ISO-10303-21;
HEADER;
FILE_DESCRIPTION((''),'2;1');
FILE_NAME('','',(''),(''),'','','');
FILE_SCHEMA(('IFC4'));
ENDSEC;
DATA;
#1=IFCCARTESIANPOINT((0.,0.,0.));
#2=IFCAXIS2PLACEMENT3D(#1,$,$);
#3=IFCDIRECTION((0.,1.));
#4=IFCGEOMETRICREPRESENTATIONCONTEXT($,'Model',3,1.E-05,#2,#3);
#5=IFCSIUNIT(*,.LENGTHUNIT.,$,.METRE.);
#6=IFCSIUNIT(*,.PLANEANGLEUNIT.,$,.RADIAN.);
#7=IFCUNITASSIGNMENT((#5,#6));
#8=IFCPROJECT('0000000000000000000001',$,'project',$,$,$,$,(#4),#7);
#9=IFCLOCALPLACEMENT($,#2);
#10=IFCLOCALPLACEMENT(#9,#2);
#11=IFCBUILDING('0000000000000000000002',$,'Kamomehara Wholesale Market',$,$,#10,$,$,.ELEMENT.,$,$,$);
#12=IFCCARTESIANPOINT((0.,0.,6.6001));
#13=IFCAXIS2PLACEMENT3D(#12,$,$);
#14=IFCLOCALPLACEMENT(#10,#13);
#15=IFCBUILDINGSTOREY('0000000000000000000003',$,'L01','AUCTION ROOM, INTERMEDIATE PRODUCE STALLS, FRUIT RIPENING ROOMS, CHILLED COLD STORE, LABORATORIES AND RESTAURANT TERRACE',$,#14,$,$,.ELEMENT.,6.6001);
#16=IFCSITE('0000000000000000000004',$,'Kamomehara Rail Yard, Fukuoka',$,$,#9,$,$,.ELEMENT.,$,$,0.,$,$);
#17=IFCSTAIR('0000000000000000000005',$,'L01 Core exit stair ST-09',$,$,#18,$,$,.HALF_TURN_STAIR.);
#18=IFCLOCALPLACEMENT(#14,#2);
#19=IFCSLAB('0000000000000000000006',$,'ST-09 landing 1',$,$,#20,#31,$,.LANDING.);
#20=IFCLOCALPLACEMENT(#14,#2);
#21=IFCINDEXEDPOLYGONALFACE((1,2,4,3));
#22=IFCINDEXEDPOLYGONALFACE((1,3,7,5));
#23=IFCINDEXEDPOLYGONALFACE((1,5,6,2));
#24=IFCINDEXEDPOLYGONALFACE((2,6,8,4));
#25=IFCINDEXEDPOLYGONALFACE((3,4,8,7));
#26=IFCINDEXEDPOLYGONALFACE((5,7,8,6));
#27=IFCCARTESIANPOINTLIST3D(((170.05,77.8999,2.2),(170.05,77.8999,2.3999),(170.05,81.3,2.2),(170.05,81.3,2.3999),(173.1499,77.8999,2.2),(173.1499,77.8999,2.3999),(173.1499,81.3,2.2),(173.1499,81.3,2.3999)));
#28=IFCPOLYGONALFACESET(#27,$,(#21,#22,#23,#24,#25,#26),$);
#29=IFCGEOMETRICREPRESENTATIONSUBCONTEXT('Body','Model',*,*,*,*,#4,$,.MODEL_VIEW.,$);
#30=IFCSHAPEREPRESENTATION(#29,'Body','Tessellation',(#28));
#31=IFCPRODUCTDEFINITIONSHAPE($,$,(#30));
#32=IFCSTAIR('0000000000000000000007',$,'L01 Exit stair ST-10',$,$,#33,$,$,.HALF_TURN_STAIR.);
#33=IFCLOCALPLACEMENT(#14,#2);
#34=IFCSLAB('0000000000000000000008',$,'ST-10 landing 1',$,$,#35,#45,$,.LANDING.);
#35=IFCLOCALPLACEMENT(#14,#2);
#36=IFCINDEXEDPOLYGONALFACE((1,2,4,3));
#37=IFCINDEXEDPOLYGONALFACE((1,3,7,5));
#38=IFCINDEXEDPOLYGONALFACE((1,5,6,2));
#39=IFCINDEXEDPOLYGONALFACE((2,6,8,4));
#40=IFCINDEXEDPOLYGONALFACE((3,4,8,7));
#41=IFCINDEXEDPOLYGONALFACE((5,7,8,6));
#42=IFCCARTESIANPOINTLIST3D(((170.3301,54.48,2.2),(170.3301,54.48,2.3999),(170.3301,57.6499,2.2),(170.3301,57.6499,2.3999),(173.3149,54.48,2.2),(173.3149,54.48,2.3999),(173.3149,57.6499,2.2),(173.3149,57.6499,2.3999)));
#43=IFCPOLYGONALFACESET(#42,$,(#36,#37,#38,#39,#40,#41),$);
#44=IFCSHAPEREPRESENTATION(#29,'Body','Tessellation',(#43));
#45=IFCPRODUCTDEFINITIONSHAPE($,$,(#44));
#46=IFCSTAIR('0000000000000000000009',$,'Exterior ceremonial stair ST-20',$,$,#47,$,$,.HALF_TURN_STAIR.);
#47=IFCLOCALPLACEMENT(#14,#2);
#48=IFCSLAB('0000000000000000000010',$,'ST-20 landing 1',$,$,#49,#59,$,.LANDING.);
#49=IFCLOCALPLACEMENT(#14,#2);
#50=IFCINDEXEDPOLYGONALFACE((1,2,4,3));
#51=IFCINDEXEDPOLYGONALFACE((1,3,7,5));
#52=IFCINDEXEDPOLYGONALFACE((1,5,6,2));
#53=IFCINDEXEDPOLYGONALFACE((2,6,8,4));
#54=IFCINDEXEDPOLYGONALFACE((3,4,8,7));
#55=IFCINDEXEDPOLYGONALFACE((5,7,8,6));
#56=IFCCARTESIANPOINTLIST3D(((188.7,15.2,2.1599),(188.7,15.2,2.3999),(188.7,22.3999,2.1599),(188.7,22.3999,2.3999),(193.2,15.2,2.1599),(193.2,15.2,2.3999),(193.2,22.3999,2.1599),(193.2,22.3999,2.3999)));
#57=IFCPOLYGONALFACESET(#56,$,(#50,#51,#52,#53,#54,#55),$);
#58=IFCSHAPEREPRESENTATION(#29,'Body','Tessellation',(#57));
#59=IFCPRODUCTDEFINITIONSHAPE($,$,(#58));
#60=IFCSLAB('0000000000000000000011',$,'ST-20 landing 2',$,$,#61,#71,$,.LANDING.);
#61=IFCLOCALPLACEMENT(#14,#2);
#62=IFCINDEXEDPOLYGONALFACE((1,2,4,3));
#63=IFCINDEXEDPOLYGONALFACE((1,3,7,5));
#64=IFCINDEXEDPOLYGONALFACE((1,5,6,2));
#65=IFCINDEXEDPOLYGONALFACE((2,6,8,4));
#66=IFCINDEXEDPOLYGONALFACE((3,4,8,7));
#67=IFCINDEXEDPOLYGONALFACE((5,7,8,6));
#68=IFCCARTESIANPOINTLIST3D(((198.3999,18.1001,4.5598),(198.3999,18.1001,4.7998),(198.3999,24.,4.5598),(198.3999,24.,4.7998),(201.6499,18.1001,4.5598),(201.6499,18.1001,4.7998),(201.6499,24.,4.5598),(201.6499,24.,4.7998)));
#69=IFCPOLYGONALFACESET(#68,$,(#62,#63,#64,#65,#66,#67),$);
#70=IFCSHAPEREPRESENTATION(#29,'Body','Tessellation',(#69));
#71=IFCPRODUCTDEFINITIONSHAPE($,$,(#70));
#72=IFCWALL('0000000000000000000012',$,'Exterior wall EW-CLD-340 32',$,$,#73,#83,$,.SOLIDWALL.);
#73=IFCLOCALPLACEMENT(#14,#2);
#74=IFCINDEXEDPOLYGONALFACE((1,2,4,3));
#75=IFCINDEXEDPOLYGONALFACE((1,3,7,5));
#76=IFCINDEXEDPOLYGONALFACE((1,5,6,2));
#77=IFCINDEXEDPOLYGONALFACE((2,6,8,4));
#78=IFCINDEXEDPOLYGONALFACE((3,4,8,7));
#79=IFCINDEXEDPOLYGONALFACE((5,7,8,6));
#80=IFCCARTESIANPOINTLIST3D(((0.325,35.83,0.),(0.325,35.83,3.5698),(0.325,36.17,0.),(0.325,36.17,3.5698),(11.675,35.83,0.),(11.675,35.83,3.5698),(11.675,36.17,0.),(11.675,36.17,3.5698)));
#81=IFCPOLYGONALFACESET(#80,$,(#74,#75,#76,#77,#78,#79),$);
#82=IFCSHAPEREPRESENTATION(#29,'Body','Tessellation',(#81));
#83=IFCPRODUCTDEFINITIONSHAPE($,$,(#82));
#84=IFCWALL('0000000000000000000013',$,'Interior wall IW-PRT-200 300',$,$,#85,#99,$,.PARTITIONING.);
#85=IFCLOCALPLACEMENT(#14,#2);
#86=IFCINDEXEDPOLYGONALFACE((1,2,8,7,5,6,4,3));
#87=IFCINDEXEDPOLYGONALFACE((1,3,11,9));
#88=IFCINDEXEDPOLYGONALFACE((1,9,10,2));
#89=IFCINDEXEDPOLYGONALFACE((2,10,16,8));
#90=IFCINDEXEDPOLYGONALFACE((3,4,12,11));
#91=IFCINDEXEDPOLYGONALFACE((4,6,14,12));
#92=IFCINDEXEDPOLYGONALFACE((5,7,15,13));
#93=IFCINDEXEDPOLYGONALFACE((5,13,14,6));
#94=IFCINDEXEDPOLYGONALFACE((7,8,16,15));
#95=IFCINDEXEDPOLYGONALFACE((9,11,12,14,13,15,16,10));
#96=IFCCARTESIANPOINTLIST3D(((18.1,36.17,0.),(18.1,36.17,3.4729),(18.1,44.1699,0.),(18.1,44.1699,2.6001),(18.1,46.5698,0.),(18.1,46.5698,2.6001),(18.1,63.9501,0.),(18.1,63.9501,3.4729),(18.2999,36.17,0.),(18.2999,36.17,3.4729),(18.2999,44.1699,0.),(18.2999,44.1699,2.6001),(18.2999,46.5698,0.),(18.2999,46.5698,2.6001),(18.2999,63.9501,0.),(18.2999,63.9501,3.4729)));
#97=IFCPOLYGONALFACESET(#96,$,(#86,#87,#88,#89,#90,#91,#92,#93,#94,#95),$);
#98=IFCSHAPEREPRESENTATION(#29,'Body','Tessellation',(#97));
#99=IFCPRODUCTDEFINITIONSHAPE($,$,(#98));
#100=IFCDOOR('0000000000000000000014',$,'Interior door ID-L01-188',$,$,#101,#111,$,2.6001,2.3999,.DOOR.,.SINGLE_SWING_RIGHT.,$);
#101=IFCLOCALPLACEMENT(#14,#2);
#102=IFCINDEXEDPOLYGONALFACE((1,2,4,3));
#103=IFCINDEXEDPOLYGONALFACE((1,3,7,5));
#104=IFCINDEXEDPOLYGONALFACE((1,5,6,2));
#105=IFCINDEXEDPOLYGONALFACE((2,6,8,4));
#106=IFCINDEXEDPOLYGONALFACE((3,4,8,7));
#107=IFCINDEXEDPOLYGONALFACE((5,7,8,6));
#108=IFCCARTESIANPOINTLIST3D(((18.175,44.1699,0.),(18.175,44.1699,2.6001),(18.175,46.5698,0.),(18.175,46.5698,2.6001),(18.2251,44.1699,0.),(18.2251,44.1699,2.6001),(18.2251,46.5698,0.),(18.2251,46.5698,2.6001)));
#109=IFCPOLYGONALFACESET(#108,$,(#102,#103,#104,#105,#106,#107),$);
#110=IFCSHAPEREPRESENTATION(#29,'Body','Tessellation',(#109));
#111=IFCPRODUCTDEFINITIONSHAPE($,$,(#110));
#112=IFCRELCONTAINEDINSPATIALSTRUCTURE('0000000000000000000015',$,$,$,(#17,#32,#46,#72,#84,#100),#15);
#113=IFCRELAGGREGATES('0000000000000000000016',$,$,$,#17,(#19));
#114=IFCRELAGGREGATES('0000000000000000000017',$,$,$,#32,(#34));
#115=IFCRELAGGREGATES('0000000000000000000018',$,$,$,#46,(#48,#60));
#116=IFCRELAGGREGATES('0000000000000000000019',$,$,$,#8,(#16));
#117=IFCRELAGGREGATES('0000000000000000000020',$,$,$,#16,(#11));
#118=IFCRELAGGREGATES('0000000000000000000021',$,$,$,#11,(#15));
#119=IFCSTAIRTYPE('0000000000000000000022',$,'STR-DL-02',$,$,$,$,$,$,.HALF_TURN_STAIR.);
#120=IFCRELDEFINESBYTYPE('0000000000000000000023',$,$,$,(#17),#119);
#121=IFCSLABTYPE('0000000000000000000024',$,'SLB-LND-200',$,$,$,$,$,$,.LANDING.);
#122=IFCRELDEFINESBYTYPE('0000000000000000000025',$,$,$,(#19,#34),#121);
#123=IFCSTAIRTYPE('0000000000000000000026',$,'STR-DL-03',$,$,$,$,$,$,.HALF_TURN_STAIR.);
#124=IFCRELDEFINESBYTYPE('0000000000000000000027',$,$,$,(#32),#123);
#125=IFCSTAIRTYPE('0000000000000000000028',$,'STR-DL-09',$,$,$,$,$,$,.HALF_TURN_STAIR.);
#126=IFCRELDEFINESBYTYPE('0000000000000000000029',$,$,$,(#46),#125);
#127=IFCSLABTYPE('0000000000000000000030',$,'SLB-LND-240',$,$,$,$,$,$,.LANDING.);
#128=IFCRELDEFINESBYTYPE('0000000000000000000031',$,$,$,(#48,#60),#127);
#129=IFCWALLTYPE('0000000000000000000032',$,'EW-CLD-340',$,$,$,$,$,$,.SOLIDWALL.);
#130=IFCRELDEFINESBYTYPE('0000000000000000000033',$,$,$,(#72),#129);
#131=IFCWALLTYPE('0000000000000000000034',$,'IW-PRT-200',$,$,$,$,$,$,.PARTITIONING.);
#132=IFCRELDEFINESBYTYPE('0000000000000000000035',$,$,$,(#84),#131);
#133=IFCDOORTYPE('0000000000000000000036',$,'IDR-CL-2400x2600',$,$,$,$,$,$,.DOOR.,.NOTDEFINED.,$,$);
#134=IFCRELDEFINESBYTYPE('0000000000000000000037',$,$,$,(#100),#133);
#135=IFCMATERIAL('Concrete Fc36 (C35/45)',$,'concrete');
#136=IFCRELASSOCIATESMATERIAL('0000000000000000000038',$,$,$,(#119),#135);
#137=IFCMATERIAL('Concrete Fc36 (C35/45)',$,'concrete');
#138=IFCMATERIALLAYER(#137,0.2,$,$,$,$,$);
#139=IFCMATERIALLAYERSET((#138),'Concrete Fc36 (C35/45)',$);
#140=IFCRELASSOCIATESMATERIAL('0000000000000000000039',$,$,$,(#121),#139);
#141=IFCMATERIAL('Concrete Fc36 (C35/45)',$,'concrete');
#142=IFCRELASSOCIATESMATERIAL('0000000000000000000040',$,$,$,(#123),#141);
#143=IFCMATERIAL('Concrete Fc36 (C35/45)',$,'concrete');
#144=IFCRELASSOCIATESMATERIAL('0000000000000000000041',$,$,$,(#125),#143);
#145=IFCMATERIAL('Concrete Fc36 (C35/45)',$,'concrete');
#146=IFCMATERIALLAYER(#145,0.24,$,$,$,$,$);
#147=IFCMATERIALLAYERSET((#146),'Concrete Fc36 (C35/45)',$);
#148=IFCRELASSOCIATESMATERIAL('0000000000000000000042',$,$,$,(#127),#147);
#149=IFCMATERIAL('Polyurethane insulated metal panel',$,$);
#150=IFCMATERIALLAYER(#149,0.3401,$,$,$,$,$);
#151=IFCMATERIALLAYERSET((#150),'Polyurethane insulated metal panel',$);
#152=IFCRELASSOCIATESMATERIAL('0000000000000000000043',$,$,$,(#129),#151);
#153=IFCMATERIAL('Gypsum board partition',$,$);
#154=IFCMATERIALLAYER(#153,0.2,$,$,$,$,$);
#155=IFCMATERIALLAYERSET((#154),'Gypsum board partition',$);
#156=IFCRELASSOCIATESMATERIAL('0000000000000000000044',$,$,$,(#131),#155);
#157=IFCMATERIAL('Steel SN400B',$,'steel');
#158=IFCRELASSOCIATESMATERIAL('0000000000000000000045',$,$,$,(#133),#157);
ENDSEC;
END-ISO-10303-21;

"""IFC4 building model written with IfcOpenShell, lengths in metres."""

from ifc_helpers import new_model, si_unit, direction, frame, frame_2d, origin, place, context, subcontext, project, spatial, polyline, rectangle, outline, extrude, material, layer, layer_set, type_object, element, fill, aggregate, save


model = new_model("IFC4")

# Units and contexts
model_context = context("Model", 3, precision=1e-05, world=origin(), true_north=direction((0.0, 1.0)))
body_context = subcontext(model_context, "Body", "Model", "MODEL_VIEW")
ifc_project = project(units=[si_unit("LENGTHUNIT", "METRE"), si_unit("PLANEANGLEUNIT", "RADIAN")], contexts=[model_context])

# Site, building, storey
site_placement = place(None, origin())
site = spatial("IfcSite", under=ifc_project, at=site_placement, Name="Kamomehara Rail Yard, Fukuoka", CompositionType="ELEMENT", RefElevation=0.0)
building_placement = place(site_placement, origin())
building = spatial("IfcBuilding", under=site, at=building_placement, Name="Kamomehara Wholesale Market", CompositionType="ELEMENT")
storey_placement = place(building_placement, frame((0.0, 0.0, 6.6001)))
storey = spatial("IfcBuildingStorey", under=building, at=storey_placement, Name="L01", Description="AUCTION ROOM, INTERMEDIATE PRODUCE STALLS, FRUIT RIPENING ROOMS, CHILLED COLD STORE, LABORATORIES AND RESTAURANT TERRACE", CompositionType="ELEMENT", Elevation=6.6001)

# Stairs, slabs
ifc_material_1 = material(Name="Concrete Fc36 (C35/45)", Category="concrete")
stair_type_1 = type_object("IfcStairType", Name="STR-DL-02", PredefinedType="HALF_TURN_STAIR", material=ifc_material_1)
ifc_material_2 = material(Name="Concrete Fc36 (C35/45)", Category="concrete")
ifc_layer_1 = layer(ifc_material_2, 0.2)
ifc_layer_set_1 = layer_set([ifc_layer_1], Name="Concrete Fc36 (C35/45)")
slab_type_1 = type_object("IfcSlabType", Name="SLB-LND-200", PredefinedType="LANDING", material=ifc_layer_set_1)
stair_1_placement = place(storey_placement, origin())
stair_1 = element("IfcStair", 1, at=stair_1_placement, inside=storey, type_object=stair_type_1, Name="L01 Core exit stair ST-09", PredefinedType="HALF_TURN_STAIR")
slab_1_placement = place(storey_placement, frame((0.0, 0.0, 2.2)))
slab_1 = element("IfcSlab", 2, at=slab_1_placement, type_object=slab_type_1, Name="ST-09 landing 1", PredefinedType="LANDING", context=body_context, shape_type="SweptSolid", body=[
    extrude(outline(polyline([(173.1499, 81.3), (170.05, 81.3), (170.05, 77.8999), (173.1499, 77.8999), (173.1499, 81.3)])), origin(), (0.0, 0.0, 1.0), 0.2),
])
aggregate(stair_1, [slab_1])
ifc_material_3 = material(Name="Concrete Fc36 (C35/45)", Category="concrete")
stair_type_2 = type_object("IfcStairType", Name="STR-DL-03", PredefinedType="HALF_TURN_STAIR", material=ifc_material_3)
stair_2_placement = place(storey_placement, origin())
stair_2 = element("IfcStair", 3, at=stair_2_placement, inside=storey, type_object=stair_type_2, Name="L01 Exit stair ST-10", PredefinedType="HALF_TURN_STAIR")
slab_2_placement = place(storey_placement, frame((0.0, 0.0, 2.2)))
slab_2 = element("IfcSlab", 4, at=slab_2_placement, type_object=slab_type_1, Name="ST-10 landing 1", PredefinedType="LANDING", context=body_context, shape_type="SweptSolid", body=[
    extrude(outline(polyline([(173.3149, 57.6499), (170.3301, 57.6499), (170.3301, 54.48), (173.3149, 54.48), (173.3149, 57.6499)])), origin(), (0.0, 0.0, 1.0), 0.2),
])
aggregate(stair_2, [slab_2])

# Stair, slabs
ifc_material_4 = material(Name="Concrete Fc36 (C35/45)", Category="concrete")
stair_type_3 = type_object("IfcStairType", Name="STR-DL-09", PredefinedType="HALF_TURN_STAIR", material=ifc_material_4)
stair_3_placement = place(storey_placement, origin())
stair_3 = element("IfcStair", 5, at=stair_3_placement, inside=storey, type_object=stair_type_3, Name="Exterior ceremonial stair ST-20", PredefinedType="HALF_TURN_STAIR")
ifc_material_5 = material(Name="Concrete Fc36 (C35/45)", Category="concrete")
ifc_layer_2 = layer(ifc_material_5, 0.24)
ifc_layer_set_2 = layer_set([ifc_layer_2], Name="Concrete Fc36 (C35/45)")
slab_type_2 = type_object("IfcSlabType", Name="SLB-LND-240", PredefinedType="LANDING", material=ifc_layer_set_2)
slab_3_placement = place(storey_placement, frame((0.0, 0.0, 2.1599)))
slab_3 = element("IfcSlab", 6, at=slab_3_placement, type_object=slab_type_2, Name="ST-20 landing 1", PredefinedType="LANDING", context=body_context, shape_type="SweptSolid", body=[
    extrude(outline(polyline([(188.7, 15.2), (193.2, 15.2), (193.2, 22.3999), (188.7, 22.3999), (188.7, 15.2)])), origin(), (0.0, 0.0, 1.0), 0.24),
])
slab_4_placement = place(storey_placement, frame((0.0, 0.0, 4.5598)))
slab_4 = element("IfcSlab", 7, at=slab_4_placement, type_object=slab_type_2, Name="ST-20 landing 2", PredefinedType="LANDING", context=body_context, shape_type="SweptSolid", body=[
    extrude(outline(polyline([(198.3999, 18.1001), (201.6499, 18.1001), (201.6499, 24.0), (198.3999, 24.0), (198.3999, 18.1001)])), origin(), (0.0, 0.0, 1.0), 0.24),
])
aggregate(stair_3, [slab_3, slab_4])

# Wall
ifc_material_6 = material(Name="Polyurethane insulated metal panel")
ifc_layer_3 = layer(ifc_material_6, 0.3401)
ifc_layer_set_3 = layer_set([ifc_layer_3], Name="Polyurethane insulated metal panel")
wall_type_1 = type_object("IfcWallType", Name="EW-CLD-340", PredefinedType="SOLIDWALL", material=ifc_layer_set_3)
wall_1_placement = place(storey_placement, frame((11.675, 36.0, 0.0), z_axis=(0.0, 0.0, 1.0), x_axis=(-1.0, 0.0, 0.0)))
element("IfcWall", 8, at=wall_1_placement, inside=storey, type_object=wall_type_1, Name="Exterior wall EW-CLD-340 32", PredefinedType="SOLIDWALL", context=body_context, shape_type="SweptSolid", body=[
    extrude(rectangle(XDim=11.3501, YDim=0.3401, at=frame_2d((5.675, 0.0))), origin(), (0.0, 0.0, 1.0), 3.5698),
])

# Wall, opening, door
ifc_material_7 = material(Name="Gypsum board partition")
ifc_layer_4 = layer(ifc_material_7, 0.2)
ifc_layer_set_4 = layer_set([ifc_layer_4], Name="Gypsum board partition")
wall_type_2 = type_object("IfcWallType", Name="IW-PRT-200", PredefinedType="PARTITIONING", material=ifc_layer_set_4)
wall_2_placement = place(storey_placement, frame((18.2, 36.1699, 0.0), z_axis=(0.0, 0.0, 1.0), x_axis=(0.0, 1.0, 0.0)))
wall_2 = element("IfcWall", 9, at=wall_2_placement, inside=storey, type_object=wall_type_2, Name="Interior wall IW-PRT-200 300", PredefinedType="PARTITIONING", context=body_context, shape_type="SweptSolid", body=[
    extrude(rectangle(XDim=27.78, YDim=0.2, at=frame_2d((13.8901, 0.0))), origin(), (0.0, 0.0, 1.0), 3.4729),
])
opening_placement = place(wall_2_placement, frame((8.0, 0.0, 0.0)))
opening = element("IfcOpeningElement", 10, at=opening_placement, cuts=wall_2, PredefinedType="OPENING", context=body_context, shape_type="SweptSolid", body=[
    extrude(rectangle(XDim=2.3999, YDim=2.6001, at=frame_2d((1.2, 1.3))), frame((0.0, 0.1147, 0.0), z_axis=(0.0, -1.0, 0.0), x_axis=(1.0, 0.0, 0.0)), (0.0, 0.0, 1.0), 0.2297),
])
ifc_material_8 = material(Name="Steel SN400B", Category="steel")
door_type = type_object("IfcDoorType", Name="IDR-CL-2400x2600", OperationType="NOTDEFINED", PredefinedType="DOOR", material=ifc_material_8)
door_placement = place(opening_placement, origin())
door = element("IfcDoor", 11, at=door_placement, inside=storey, type_object=door_type, Name="Interior door ID-L01-188", OperationType="SINGLE_SWING_RIGHT", OverallHeight=2.6001, OverallWidth=2.3999, PredefinedType="DOOR", context=body_context, shape_type="SweptSolid", body=[
    extrude(rectangle(XDim=2.3999, YDim=2.6001, at=frame_2d((1.2, 1.3))), frame((0.0, 0.0249, 0.0), z_axis=(0.0, -1.0, 0.0), x_axis=(1.0, 0.0, 0.0)), (0.0, 0.0, 1.0), 0.05),
])
fill(opening, door)

save(model, "model.ifc")
